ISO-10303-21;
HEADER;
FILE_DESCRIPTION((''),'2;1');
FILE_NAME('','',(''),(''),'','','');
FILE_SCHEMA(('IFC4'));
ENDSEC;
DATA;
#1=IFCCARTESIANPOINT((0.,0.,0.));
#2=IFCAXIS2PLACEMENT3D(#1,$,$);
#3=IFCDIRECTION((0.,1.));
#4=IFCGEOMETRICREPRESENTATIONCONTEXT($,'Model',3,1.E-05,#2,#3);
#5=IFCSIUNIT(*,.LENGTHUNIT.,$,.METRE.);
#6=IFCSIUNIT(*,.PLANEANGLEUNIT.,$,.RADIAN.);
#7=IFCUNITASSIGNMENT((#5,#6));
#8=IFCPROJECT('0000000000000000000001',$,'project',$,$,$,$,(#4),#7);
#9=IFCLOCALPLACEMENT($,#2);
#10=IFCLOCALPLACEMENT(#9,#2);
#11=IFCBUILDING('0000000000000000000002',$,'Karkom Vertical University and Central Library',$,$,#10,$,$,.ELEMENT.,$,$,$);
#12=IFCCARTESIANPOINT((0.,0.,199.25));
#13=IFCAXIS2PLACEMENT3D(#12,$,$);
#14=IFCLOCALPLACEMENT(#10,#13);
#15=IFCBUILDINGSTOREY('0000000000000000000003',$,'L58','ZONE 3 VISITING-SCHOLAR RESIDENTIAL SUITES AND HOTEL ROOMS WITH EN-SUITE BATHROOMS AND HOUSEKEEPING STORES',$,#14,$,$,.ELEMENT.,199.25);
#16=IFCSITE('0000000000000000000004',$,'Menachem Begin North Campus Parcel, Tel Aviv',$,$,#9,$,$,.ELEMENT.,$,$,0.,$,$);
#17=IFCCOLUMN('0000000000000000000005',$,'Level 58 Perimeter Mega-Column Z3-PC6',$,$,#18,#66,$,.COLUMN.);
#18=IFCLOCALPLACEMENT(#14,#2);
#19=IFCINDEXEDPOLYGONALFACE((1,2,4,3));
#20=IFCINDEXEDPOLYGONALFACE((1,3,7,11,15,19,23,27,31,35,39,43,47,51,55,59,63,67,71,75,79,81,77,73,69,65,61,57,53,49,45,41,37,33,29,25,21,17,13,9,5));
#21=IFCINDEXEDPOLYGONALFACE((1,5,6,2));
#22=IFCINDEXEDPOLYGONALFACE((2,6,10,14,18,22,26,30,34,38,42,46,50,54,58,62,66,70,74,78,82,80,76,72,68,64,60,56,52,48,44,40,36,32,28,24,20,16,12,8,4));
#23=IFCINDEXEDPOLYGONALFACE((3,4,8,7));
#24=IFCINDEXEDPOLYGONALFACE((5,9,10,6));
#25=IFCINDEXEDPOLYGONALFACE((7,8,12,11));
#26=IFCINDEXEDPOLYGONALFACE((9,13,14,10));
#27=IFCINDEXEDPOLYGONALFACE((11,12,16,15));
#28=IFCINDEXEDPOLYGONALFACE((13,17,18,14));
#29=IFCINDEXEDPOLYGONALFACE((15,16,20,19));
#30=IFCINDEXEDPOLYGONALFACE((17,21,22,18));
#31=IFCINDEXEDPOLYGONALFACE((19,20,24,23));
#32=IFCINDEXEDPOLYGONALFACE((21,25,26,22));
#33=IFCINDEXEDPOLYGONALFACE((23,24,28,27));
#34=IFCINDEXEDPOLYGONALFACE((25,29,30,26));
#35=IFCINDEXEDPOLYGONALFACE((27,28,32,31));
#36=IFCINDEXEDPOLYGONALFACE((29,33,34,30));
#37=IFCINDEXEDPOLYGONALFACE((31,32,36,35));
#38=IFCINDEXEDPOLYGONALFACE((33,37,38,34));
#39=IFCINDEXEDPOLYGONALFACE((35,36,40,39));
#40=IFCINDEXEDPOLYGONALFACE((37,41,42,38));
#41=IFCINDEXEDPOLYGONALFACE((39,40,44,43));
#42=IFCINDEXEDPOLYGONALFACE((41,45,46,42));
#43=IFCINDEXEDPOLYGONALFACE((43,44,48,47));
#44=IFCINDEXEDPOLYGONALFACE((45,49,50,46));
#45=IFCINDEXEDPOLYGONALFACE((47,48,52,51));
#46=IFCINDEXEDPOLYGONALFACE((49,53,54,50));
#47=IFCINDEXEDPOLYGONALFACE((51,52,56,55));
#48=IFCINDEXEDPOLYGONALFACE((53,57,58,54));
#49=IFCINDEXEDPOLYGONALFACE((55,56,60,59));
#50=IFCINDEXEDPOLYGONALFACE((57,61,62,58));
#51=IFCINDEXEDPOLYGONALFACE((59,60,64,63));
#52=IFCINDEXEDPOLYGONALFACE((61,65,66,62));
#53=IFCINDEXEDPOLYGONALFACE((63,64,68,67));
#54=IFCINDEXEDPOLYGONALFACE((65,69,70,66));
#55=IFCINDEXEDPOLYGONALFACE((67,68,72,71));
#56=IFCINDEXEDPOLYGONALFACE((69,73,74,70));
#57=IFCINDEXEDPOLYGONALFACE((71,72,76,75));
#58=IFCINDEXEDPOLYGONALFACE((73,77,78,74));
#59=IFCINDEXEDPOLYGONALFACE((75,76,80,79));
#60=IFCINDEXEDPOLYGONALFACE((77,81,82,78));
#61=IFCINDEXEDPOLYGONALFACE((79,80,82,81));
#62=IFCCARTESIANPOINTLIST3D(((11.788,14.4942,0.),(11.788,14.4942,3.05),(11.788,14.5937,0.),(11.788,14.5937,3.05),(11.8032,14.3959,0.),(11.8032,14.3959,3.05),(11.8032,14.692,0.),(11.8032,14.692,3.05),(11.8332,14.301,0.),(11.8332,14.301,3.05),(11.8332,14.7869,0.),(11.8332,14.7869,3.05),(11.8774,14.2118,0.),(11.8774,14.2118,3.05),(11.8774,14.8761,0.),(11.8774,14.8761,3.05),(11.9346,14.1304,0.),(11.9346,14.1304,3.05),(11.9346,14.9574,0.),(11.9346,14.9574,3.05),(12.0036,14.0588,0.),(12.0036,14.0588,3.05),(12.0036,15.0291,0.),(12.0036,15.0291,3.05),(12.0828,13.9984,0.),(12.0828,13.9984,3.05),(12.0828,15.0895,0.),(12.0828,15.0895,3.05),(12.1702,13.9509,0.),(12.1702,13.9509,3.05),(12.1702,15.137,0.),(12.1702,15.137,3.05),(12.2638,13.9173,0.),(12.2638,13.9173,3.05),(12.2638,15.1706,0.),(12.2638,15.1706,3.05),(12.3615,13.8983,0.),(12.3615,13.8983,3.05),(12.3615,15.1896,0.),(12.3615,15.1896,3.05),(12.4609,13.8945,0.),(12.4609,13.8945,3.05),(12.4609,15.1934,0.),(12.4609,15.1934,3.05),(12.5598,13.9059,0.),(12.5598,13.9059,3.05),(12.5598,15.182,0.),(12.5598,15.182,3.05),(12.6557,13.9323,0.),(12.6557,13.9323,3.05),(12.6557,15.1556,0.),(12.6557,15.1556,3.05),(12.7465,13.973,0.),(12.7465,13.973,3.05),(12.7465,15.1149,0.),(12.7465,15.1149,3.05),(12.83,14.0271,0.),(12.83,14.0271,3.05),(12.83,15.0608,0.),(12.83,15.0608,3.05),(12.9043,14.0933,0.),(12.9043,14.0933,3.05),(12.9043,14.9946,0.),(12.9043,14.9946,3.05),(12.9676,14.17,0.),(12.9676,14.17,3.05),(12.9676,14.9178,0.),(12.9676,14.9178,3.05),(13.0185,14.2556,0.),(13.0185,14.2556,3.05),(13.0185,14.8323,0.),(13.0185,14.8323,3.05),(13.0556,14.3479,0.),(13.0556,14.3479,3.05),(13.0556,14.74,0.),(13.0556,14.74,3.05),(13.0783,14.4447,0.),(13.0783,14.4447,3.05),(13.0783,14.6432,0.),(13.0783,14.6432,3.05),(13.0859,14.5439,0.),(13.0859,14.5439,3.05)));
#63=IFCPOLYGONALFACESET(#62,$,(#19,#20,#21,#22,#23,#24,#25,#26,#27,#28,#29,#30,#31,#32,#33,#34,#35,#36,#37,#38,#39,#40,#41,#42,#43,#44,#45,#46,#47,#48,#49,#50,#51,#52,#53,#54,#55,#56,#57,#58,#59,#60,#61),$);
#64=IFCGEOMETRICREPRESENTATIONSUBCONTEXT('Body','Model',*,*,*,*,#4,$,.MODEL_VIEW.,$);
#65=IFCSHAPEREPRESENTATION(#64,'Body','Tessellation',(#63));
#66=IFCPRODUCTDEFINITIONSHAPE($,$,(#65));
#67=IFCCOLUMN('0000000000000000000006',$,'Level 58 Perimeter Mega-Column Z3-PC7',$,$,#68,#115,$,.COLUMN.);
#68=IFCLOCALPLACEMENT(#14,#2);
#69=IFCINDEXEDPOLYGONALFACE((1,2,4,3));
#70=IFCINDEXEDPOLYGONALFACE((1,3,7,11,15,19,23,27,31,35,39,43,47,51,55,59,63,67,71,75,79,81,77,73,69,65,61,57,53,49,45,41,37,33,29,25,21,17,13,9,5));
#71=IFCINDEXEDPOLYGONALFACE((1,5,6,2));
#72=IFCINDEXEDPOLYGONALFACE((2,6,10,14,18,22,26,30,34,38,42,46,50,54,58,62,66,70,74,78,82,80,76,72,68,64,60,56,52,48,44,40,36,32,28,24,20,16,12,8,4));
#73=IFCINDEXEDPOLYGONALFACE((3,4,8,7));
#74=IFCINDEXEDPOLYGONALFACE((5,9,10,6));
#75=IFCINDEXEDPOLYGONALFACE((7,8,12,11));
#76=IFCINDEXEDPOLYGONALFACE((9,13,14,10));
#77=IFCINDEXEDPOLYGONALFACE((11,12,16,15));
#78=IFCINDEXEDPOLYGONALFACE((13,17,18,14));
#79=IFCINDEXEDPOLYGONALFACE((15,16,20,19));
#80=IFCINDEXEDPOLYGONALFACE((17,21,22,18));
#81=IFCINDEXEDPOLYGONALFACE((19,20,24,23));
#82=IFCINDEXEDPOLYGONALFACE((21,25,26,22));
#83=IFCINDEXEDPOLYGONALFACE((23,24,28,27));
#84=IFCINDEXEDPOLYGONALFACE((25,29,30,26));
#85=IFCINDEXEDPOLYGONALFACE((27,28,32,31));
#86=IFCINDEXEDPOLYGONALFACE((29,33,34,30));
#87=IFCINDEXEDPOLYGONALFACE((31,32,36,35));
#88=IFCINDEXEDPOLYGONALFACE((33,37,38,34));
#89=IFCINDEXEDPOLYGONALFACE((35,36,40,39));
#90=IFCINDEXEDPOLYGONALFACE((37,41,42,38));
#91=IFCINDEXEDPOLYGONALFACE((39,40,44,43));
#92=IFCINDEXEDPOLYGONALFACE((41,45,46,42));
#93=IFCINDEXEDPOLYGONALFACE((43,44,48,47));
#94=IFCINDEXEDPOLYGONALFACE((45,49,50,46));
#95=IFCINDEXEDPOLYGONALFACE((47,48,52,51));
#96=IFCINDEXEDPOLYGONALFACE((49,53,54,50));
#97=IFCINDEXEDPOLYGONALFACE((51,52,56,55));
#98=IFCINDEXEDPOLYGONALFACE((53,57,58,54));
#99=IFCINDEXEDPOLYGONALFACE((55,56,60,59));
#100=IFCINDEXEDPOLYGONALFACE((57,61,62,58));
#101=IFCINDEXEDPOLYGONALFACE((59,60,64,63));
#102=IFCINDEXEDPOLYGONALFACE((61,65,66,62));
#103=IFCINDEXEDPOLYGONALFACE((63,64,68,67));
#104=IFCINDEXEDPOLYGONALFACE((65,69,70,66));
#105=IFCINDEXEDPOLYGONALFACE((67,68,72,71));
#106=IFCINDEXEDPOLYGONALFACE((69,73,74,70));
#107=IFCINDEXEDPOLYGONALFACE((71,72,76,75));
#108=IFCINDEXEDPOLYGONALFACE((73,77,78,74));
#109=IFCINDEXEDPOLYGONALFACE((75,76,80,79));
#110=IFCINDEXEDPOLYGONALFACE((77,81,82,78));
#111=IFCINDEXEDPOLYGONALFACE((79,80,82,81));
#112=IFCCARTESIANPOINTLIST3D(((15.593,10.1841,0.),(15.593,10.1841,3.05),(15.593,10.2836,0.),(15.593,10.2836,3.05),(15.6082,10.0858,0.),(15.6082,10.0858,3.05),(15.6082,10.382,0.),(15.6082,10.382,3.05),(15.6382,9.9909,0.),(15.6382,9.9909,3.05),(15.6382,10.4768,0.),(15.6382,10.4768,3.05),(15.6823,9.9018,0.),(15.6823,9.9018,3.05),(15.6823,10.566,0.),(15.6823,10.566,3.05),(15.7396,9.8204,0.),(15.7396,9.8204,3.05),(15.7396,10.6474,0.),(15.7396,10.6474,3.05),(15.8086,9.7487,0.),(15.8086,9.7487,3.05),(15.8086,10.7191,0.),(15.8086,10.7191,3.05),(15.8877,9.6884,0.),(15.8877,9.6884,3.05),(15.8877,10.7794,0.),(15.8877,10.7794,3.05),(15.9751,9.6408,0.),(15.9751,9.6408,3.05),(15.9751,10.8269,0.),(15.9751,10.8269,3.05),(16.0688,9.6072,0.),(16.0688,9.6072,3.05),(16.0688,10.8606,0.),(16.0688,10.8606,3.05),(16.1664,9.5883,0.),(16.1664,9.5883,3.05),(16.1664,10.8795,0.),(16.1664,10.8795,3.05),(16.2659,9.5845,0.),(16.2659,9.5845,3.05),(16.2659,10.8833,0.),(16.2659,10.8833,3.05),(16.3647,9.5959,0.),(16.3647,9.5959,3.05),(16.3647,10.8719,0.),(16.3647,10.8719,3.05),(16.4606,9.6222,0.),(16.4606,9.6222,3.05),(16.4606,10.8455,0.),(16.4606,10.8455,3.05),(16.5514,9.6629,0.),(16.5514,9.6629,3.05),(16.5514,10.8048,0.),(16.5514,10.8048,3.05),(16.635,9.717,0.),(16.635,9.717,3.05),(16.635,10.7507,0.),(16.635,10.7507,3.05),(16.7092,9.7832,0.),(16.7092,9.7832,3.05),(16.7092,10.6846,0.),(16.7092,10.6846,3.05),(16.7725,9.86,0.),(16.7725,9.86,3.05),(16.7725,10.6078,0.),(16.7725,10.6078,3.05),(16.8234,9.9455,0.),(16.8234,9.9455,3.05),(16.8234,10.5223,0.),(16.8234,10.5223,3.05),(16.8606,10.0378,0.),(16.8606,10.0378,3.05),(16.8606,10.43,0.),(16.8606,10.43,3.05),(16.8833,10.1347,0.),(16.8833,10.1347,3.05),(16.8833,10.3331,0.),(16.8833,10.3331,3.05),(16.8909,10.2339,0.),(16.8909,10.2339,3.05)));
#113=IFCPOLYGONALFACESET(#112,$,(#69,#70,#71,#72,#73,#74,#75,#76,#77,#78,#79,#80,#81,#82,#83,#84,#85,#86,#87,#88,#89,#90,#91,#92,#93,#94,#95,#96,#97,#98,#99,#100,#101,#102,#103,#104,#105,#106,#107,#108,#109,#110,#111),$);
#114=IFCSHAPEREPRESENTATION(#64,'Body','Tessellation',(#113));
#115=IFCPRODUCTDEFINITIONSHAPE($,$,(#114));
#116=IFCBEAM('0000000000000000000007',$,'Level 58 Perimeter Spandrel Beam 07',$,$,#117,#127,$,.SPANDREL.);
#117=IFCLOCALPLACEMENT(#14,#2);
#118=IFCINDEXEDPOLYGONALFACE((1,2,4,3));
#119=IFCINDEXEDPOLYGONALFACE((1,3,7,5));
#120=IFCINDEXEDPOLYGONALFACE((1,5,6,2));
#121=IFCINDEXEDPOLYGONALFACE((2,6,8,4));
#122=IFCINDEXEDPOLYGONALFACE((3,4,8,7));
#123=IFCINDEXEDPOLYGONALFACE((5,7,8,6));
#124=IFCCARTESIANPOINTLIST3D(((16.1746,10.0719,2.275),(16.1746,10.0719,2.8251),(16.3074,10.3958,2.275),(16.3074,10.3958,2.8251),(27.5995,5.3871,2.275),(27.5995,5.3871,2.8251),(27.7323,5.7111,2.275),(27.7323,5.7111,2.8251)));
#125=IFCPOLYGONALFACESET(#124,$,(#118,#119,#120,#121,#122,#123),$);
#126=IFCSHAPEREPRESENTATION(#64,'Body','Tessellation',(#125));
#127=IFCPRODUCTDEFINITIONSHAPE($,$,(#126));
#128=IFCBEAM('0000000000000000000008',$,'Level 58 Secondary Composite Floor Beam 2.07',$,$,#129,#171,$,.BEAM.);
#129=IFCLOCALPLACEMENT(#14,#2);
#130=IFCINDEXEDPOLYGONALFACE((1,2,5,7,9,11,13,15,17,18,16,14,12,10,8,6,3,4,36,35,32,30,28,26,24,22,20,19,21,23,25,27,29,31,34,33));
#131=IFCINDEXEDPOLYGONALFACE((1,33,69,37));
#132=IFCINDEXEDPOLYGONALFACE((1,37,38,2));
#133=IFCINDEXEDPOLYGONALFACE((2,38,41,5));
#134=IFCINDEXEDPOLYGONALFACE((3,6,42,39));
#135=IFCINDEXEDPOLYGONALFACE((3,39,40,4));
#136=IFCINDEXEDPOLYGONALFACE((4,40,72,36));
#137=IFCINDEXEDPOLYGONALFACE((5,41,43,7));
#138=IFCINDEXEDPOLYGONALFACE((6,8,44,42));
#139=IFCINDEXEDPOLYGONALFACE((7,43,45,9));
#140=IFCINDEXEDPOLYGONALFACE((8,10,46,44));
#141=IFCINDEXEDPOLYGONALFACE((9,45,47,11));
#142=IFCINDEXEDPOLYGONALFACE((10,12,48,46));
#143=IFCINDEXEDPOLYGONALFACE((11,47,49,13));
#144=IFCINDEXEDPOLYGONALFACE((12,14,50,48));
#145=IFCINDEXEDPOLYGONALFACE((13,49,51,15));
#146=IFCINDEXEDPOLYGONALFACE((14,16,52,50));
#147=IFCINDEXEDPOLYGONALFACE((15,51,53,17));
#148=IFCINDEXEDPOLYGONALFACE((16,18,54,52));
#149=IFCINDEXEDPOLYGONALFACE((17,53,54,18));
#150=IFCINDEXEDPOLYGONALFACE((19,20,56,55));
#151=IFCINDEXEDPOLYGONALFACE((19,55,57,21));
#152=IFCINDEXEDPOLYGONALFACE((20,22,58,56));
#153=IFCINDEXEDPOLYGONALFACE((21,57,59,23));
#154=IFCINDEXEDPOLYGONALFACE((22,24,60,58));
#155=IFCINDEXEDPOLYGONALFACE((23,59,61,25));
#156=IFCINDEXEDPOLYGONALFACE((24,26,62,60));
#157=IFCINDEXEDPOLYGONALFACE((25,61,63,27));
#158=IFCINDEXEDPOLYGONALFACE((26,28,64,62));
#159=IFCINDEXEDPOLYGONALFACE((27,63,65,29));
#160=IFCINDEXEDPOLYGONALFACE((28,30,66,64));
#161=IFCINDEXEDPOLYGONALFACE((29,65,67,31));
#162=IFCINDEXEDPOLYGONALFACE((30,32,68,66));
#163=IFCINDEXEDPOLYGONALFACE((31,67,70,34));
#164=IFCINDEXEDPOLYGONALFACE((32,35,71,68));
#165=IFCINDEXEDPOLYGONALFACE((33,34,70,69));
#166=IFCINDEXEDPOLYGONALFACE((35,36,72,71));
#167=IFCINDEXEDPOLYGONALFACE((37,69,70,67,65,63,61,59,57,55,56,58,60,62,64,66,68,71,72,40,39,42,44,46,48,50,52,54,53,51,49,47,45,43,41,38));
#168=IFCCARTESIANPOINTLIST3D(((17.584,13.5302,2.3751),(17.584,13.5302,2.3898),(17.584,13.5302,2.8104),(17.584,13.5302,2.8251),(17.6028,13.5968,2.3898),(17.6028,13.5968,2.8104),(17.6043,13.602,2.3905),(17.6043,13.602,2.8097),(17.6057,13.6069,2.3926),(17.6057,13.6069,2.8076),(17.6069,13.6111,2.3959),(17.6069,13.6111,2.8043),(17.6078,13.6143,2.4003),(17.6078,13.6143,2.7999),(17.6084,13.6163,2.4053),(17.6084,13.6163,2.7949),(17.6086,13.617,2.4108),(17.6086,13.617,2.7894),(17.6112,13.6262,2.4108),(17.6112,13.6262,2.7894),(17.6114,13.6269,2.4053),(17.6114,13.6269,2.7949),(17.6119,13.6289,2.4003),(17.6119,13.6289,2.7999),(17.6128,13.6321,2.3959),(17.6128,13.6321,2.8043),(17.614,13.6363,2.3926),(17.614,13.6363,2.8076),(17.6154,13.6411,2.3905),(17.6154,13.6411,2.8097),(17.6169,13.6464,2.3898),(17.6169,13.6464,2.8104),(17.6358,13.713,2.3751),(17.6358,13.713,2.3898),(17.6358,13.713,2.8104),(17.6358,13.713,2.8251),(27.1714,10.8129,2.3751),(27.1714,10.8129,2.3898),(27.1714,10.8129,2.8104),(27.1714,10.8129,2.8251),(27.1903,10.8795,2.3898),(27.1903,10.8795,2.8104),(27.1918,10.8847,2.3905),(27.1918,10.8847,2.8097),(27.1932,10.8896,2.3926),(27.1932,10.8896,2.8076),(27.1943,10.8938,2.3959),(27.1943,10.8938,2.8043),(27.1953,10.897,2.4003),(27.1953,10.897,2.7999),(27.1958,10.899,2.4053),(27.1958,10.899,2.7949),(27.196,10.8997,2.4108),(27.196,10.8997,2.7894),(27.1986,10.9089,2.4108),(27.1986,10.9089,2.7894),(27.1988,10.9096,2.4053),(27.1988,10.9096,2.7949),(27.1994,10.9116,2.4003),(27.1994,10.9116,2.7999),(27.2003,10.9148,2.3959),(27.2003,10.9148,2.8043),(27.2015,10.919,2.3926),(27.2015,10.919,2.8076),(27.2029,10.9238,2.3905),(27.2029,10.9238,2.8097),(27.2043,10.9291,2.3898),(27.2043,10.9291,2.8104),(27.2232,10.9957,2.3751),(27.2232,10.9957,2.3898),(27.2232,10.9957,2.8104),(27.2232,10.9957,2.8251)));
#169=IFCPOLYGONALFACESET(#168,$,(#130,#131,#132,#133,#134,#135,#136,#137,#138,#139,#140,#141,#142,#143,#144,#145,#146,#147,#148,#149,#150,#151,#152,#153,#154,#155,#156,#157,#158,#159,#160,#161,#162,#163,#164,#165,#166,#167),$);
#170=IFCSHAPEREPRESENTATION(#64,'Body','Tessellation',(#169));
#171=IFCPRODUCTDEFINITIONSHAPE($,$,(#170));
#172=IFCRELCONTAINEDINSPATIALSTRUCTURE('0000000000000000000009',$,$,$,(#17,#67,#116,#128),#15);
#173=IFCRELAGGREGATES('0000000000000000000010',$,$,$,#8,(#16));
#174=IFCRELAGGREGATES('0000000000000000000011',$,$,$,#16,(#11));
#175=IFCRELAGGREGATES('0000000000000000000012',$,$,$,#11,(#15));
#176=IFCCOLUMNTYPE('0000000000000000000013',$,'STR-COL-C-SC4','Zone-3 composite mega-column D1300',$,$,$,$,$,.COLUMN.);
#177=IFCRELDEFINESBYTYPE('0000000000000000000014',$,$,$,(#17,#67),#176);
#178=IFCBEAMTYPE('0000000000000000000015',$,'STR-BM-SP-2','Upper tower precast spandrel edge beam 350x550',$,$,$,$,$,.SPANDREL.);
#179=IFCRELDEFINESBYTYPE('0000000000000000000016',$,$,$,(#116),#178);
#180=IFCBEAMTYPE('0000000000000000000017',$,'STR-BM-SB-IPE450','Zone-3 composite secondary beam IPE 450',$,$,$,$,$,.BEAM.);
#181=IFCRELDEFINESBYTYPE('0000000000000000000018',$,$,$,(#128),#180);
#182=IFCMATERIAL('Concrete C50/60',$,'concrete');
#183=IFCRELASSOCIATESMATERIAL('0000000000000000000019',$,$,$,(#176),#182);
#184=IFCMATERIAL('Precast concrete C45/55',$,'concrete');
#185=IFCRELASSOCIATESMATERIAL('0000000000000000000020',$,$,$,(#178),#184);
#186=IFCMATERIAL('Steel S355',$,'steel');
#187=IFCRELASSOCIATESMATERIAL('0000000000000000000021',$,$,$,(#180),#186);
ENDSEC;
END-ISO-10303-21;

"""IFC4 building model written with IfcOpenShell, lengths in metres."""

from ifc_helpers import new_model, si_unit, direction, frame, origin, origin_with_axes, origin_2d, place, context, subcontext, project, spatial, rectangle, circle, i_section, extrude, source, transform, mapped, material, material_profile, profile_set, type_object, element, save


model = new_model("IFC4")

# Units and contexts
model_context = context("Model", 3, precision=1e-05, world=origin(), true_north=direction((0.0, 1.0)))
body_context = subcontext(model_context, "Body", "Model", "MODEL_VIEW")
ifc_project = project(units=[si_unit("LENGTHUNIT", "METRE"), si_unit("PLANEANGLEUNIT", "RADIAN")], contexts=[model_context])

# Site, building, storey
site_placement = place(None, origin())
site = spatial("IfcSite", under=ifc_project, at=site_placement, Name="Menachem Begin North Campus Parcel, Tel Aviv", CompositionType="ELEMENT", RefElevation=0.0)
building_placement = place(site_placement, origin())
building = spatial("IfcBuilding", under=site, at=building_placement, Name="Karkom Vertical University and Central Library", CompositionType="ELEMENT")
storey_placement = place(building_placement, frame((0.0, 0.0, 199.25)))
storey = spatial("IfcBuildingStorey", under=building, at=storey_placement, Name="L58", Description="ZONE 3 VISITING-SCHOLAR RESIDENTIAL SUITES AND HOTEL ROOMS WITH EN-SUITE BATHROOMS AND HOUSEKEEPING STORES", CompositionType="ELEMENT", Elevation=199.25)

# Columns
ifc_material_1 = material(Name="Concrete C50/60", Category="concrete")
ifc_material_profile_1 = material_profile(ifc_material_1, circle(Radius=0.6499, at=origin_2d()), Name="CFT-D1300")
ifc_profile_set_1 = profile_set([ifc_material_profile_1], Name="Concrete C50/60")
column_type = type_object("IfcColumnType", Name="STR-COL-C-SC4", Description="Zone-3 composite mega-column D1300", PredefinedType="COLUMN", material=ifc_profile_set_1)
shared_shape_1 = source(origin_with_axes(), body_context, "Body", "SweptSolid", [
    extrude(circle(Radius=0.6499, at=origin_2d()), origin(), (0.0, 0.0, 1.0), 3.05),
])
for number, where, z_axis, x_axis, name in (
    (1, (12.436, 14.5439, 0.0), (0.0, 0.0, 1.0), (1.0, 0.0, 0.0), "Level 58 Perimeter Mega-Column Z3-PC6"),
    (2, (16.241, 10.2339, 0.0), (0.0, 0.0, 1.0), (1.0, 0.0, 0.0), "Level 58 Perimeter Mega-Column Z3-PC7"),
):
    element("IfcColumn", number, at=place(storey_placement, frame(where, z_axis=z_axis, x_axis=x_axis)), inside=storey, type_object=column_type, Name=name, PredefinedType="COLUMN", context=body_context, shape_type="MappedRepresentation", body=[
        mapped(shared_shape_1, transform((0.0, 0.0, 0.0), scale=1.0)),
    ])

# Beams
ifc_material_2 = material(Name="Precast concrete C45/55", Category="concrete")
ifc_material_profile_2 = material_profile(ifc_material_2, rectangle(XDim=0.3501, YDim=0.55, at=origin_2d()), Name="SPB-350x550")
ifc_profile_set_2 = profile_set([ifc_material_profile_2], Name="Precast concrete C45/55")
beam_type_1 = type_object("IfcBeamType", Name="STR-BM-SP-2", Description="Upper tower precast spandrel edge beam 350x550", PredefinedType="SPANDREL", material=ifc_profile_set_2)
shared_shape_2 = source(origin_with_axes(), body_context, "Body", "SweptSolid", [
    extrude(rectangle(XDim=0.3501, YDim=0.55, at=origin_2d()), origin(), (0.0, 0.0, 1.0), 12.3481),
])
beam_1_placement = place(storey_placement, frame((16.241, 10.2339, 2.55), z_axis=(0.925236, -0.379391, 0.0), x_axis=(0.379391, 0.925236, 0.0)))
element("IfcBeam", 3, at=beam_1_placement, inside=storey, type_object=beam_type_1, Name="Level 58 Perimeter Spandrel Beam 07", PredefinedType="SPANDREL", context=body_context, shape_type="MappedRepresentation", body=[
    mapped(shared_shape_2, transform((0.0, 0.0, 0.0), scale=1.0)),
])
ifc_material_3 = material(Name="Steel S355", Category="steel")
ifc_material_profile_3 = material_profile(ifc_material_3, i_section(OverallWidth=0.1899, OverallDepth=0.45, WebThickness=0.0095, FlangeThickness=0.0146, FilletRadius=0.021, at=origin_2d()), Name="IPE 450")
ifc_profile_set_3 = profile_set([ifc_material_profile_3], Name="Steel S355")
beam_type_2 = type_object("IfcBeamType", Name="STR-BM-SB-IPE450", Description="Zone-3 composite secondary beam IPE 450", PredefinedType="BEAM", material=ifc_profile_set_3)
shared_shape_3 = source(origin_with_axes(), body_context, "Body", "SweptSolid", [
    extrude(i_section(OverallWidth=0.1899, OverallDepth=0.45, WebThickness=0.0095, FlangeThickness=0.0146, FilletRadius=0.021, at=origin_2d()), origin(), (0.0, 0.0, 1.0), 9.9651),
])
beam_2_placement = place(storey_placement, frame((17.6099, 13.6216, 2.6001), z_axis=(0.962104, -0.272682, 0.0), x_axis=(0.272682, 0.962104, 0.0)))
element("IfcBeam", 4, at=beam_2_placement, inside=storey, type_object=beam_type_2, Name="Level 58 Secondary Composite Floor Beam 2.07", PredefinedType="BEAM", context=body_context, shape_type="MappedRepresentation", body=[
    mapped(shared_shape_3, transform((0.0, 0.0, 0.0), scale=1.0)),
])

save(model, "model.ifc")
